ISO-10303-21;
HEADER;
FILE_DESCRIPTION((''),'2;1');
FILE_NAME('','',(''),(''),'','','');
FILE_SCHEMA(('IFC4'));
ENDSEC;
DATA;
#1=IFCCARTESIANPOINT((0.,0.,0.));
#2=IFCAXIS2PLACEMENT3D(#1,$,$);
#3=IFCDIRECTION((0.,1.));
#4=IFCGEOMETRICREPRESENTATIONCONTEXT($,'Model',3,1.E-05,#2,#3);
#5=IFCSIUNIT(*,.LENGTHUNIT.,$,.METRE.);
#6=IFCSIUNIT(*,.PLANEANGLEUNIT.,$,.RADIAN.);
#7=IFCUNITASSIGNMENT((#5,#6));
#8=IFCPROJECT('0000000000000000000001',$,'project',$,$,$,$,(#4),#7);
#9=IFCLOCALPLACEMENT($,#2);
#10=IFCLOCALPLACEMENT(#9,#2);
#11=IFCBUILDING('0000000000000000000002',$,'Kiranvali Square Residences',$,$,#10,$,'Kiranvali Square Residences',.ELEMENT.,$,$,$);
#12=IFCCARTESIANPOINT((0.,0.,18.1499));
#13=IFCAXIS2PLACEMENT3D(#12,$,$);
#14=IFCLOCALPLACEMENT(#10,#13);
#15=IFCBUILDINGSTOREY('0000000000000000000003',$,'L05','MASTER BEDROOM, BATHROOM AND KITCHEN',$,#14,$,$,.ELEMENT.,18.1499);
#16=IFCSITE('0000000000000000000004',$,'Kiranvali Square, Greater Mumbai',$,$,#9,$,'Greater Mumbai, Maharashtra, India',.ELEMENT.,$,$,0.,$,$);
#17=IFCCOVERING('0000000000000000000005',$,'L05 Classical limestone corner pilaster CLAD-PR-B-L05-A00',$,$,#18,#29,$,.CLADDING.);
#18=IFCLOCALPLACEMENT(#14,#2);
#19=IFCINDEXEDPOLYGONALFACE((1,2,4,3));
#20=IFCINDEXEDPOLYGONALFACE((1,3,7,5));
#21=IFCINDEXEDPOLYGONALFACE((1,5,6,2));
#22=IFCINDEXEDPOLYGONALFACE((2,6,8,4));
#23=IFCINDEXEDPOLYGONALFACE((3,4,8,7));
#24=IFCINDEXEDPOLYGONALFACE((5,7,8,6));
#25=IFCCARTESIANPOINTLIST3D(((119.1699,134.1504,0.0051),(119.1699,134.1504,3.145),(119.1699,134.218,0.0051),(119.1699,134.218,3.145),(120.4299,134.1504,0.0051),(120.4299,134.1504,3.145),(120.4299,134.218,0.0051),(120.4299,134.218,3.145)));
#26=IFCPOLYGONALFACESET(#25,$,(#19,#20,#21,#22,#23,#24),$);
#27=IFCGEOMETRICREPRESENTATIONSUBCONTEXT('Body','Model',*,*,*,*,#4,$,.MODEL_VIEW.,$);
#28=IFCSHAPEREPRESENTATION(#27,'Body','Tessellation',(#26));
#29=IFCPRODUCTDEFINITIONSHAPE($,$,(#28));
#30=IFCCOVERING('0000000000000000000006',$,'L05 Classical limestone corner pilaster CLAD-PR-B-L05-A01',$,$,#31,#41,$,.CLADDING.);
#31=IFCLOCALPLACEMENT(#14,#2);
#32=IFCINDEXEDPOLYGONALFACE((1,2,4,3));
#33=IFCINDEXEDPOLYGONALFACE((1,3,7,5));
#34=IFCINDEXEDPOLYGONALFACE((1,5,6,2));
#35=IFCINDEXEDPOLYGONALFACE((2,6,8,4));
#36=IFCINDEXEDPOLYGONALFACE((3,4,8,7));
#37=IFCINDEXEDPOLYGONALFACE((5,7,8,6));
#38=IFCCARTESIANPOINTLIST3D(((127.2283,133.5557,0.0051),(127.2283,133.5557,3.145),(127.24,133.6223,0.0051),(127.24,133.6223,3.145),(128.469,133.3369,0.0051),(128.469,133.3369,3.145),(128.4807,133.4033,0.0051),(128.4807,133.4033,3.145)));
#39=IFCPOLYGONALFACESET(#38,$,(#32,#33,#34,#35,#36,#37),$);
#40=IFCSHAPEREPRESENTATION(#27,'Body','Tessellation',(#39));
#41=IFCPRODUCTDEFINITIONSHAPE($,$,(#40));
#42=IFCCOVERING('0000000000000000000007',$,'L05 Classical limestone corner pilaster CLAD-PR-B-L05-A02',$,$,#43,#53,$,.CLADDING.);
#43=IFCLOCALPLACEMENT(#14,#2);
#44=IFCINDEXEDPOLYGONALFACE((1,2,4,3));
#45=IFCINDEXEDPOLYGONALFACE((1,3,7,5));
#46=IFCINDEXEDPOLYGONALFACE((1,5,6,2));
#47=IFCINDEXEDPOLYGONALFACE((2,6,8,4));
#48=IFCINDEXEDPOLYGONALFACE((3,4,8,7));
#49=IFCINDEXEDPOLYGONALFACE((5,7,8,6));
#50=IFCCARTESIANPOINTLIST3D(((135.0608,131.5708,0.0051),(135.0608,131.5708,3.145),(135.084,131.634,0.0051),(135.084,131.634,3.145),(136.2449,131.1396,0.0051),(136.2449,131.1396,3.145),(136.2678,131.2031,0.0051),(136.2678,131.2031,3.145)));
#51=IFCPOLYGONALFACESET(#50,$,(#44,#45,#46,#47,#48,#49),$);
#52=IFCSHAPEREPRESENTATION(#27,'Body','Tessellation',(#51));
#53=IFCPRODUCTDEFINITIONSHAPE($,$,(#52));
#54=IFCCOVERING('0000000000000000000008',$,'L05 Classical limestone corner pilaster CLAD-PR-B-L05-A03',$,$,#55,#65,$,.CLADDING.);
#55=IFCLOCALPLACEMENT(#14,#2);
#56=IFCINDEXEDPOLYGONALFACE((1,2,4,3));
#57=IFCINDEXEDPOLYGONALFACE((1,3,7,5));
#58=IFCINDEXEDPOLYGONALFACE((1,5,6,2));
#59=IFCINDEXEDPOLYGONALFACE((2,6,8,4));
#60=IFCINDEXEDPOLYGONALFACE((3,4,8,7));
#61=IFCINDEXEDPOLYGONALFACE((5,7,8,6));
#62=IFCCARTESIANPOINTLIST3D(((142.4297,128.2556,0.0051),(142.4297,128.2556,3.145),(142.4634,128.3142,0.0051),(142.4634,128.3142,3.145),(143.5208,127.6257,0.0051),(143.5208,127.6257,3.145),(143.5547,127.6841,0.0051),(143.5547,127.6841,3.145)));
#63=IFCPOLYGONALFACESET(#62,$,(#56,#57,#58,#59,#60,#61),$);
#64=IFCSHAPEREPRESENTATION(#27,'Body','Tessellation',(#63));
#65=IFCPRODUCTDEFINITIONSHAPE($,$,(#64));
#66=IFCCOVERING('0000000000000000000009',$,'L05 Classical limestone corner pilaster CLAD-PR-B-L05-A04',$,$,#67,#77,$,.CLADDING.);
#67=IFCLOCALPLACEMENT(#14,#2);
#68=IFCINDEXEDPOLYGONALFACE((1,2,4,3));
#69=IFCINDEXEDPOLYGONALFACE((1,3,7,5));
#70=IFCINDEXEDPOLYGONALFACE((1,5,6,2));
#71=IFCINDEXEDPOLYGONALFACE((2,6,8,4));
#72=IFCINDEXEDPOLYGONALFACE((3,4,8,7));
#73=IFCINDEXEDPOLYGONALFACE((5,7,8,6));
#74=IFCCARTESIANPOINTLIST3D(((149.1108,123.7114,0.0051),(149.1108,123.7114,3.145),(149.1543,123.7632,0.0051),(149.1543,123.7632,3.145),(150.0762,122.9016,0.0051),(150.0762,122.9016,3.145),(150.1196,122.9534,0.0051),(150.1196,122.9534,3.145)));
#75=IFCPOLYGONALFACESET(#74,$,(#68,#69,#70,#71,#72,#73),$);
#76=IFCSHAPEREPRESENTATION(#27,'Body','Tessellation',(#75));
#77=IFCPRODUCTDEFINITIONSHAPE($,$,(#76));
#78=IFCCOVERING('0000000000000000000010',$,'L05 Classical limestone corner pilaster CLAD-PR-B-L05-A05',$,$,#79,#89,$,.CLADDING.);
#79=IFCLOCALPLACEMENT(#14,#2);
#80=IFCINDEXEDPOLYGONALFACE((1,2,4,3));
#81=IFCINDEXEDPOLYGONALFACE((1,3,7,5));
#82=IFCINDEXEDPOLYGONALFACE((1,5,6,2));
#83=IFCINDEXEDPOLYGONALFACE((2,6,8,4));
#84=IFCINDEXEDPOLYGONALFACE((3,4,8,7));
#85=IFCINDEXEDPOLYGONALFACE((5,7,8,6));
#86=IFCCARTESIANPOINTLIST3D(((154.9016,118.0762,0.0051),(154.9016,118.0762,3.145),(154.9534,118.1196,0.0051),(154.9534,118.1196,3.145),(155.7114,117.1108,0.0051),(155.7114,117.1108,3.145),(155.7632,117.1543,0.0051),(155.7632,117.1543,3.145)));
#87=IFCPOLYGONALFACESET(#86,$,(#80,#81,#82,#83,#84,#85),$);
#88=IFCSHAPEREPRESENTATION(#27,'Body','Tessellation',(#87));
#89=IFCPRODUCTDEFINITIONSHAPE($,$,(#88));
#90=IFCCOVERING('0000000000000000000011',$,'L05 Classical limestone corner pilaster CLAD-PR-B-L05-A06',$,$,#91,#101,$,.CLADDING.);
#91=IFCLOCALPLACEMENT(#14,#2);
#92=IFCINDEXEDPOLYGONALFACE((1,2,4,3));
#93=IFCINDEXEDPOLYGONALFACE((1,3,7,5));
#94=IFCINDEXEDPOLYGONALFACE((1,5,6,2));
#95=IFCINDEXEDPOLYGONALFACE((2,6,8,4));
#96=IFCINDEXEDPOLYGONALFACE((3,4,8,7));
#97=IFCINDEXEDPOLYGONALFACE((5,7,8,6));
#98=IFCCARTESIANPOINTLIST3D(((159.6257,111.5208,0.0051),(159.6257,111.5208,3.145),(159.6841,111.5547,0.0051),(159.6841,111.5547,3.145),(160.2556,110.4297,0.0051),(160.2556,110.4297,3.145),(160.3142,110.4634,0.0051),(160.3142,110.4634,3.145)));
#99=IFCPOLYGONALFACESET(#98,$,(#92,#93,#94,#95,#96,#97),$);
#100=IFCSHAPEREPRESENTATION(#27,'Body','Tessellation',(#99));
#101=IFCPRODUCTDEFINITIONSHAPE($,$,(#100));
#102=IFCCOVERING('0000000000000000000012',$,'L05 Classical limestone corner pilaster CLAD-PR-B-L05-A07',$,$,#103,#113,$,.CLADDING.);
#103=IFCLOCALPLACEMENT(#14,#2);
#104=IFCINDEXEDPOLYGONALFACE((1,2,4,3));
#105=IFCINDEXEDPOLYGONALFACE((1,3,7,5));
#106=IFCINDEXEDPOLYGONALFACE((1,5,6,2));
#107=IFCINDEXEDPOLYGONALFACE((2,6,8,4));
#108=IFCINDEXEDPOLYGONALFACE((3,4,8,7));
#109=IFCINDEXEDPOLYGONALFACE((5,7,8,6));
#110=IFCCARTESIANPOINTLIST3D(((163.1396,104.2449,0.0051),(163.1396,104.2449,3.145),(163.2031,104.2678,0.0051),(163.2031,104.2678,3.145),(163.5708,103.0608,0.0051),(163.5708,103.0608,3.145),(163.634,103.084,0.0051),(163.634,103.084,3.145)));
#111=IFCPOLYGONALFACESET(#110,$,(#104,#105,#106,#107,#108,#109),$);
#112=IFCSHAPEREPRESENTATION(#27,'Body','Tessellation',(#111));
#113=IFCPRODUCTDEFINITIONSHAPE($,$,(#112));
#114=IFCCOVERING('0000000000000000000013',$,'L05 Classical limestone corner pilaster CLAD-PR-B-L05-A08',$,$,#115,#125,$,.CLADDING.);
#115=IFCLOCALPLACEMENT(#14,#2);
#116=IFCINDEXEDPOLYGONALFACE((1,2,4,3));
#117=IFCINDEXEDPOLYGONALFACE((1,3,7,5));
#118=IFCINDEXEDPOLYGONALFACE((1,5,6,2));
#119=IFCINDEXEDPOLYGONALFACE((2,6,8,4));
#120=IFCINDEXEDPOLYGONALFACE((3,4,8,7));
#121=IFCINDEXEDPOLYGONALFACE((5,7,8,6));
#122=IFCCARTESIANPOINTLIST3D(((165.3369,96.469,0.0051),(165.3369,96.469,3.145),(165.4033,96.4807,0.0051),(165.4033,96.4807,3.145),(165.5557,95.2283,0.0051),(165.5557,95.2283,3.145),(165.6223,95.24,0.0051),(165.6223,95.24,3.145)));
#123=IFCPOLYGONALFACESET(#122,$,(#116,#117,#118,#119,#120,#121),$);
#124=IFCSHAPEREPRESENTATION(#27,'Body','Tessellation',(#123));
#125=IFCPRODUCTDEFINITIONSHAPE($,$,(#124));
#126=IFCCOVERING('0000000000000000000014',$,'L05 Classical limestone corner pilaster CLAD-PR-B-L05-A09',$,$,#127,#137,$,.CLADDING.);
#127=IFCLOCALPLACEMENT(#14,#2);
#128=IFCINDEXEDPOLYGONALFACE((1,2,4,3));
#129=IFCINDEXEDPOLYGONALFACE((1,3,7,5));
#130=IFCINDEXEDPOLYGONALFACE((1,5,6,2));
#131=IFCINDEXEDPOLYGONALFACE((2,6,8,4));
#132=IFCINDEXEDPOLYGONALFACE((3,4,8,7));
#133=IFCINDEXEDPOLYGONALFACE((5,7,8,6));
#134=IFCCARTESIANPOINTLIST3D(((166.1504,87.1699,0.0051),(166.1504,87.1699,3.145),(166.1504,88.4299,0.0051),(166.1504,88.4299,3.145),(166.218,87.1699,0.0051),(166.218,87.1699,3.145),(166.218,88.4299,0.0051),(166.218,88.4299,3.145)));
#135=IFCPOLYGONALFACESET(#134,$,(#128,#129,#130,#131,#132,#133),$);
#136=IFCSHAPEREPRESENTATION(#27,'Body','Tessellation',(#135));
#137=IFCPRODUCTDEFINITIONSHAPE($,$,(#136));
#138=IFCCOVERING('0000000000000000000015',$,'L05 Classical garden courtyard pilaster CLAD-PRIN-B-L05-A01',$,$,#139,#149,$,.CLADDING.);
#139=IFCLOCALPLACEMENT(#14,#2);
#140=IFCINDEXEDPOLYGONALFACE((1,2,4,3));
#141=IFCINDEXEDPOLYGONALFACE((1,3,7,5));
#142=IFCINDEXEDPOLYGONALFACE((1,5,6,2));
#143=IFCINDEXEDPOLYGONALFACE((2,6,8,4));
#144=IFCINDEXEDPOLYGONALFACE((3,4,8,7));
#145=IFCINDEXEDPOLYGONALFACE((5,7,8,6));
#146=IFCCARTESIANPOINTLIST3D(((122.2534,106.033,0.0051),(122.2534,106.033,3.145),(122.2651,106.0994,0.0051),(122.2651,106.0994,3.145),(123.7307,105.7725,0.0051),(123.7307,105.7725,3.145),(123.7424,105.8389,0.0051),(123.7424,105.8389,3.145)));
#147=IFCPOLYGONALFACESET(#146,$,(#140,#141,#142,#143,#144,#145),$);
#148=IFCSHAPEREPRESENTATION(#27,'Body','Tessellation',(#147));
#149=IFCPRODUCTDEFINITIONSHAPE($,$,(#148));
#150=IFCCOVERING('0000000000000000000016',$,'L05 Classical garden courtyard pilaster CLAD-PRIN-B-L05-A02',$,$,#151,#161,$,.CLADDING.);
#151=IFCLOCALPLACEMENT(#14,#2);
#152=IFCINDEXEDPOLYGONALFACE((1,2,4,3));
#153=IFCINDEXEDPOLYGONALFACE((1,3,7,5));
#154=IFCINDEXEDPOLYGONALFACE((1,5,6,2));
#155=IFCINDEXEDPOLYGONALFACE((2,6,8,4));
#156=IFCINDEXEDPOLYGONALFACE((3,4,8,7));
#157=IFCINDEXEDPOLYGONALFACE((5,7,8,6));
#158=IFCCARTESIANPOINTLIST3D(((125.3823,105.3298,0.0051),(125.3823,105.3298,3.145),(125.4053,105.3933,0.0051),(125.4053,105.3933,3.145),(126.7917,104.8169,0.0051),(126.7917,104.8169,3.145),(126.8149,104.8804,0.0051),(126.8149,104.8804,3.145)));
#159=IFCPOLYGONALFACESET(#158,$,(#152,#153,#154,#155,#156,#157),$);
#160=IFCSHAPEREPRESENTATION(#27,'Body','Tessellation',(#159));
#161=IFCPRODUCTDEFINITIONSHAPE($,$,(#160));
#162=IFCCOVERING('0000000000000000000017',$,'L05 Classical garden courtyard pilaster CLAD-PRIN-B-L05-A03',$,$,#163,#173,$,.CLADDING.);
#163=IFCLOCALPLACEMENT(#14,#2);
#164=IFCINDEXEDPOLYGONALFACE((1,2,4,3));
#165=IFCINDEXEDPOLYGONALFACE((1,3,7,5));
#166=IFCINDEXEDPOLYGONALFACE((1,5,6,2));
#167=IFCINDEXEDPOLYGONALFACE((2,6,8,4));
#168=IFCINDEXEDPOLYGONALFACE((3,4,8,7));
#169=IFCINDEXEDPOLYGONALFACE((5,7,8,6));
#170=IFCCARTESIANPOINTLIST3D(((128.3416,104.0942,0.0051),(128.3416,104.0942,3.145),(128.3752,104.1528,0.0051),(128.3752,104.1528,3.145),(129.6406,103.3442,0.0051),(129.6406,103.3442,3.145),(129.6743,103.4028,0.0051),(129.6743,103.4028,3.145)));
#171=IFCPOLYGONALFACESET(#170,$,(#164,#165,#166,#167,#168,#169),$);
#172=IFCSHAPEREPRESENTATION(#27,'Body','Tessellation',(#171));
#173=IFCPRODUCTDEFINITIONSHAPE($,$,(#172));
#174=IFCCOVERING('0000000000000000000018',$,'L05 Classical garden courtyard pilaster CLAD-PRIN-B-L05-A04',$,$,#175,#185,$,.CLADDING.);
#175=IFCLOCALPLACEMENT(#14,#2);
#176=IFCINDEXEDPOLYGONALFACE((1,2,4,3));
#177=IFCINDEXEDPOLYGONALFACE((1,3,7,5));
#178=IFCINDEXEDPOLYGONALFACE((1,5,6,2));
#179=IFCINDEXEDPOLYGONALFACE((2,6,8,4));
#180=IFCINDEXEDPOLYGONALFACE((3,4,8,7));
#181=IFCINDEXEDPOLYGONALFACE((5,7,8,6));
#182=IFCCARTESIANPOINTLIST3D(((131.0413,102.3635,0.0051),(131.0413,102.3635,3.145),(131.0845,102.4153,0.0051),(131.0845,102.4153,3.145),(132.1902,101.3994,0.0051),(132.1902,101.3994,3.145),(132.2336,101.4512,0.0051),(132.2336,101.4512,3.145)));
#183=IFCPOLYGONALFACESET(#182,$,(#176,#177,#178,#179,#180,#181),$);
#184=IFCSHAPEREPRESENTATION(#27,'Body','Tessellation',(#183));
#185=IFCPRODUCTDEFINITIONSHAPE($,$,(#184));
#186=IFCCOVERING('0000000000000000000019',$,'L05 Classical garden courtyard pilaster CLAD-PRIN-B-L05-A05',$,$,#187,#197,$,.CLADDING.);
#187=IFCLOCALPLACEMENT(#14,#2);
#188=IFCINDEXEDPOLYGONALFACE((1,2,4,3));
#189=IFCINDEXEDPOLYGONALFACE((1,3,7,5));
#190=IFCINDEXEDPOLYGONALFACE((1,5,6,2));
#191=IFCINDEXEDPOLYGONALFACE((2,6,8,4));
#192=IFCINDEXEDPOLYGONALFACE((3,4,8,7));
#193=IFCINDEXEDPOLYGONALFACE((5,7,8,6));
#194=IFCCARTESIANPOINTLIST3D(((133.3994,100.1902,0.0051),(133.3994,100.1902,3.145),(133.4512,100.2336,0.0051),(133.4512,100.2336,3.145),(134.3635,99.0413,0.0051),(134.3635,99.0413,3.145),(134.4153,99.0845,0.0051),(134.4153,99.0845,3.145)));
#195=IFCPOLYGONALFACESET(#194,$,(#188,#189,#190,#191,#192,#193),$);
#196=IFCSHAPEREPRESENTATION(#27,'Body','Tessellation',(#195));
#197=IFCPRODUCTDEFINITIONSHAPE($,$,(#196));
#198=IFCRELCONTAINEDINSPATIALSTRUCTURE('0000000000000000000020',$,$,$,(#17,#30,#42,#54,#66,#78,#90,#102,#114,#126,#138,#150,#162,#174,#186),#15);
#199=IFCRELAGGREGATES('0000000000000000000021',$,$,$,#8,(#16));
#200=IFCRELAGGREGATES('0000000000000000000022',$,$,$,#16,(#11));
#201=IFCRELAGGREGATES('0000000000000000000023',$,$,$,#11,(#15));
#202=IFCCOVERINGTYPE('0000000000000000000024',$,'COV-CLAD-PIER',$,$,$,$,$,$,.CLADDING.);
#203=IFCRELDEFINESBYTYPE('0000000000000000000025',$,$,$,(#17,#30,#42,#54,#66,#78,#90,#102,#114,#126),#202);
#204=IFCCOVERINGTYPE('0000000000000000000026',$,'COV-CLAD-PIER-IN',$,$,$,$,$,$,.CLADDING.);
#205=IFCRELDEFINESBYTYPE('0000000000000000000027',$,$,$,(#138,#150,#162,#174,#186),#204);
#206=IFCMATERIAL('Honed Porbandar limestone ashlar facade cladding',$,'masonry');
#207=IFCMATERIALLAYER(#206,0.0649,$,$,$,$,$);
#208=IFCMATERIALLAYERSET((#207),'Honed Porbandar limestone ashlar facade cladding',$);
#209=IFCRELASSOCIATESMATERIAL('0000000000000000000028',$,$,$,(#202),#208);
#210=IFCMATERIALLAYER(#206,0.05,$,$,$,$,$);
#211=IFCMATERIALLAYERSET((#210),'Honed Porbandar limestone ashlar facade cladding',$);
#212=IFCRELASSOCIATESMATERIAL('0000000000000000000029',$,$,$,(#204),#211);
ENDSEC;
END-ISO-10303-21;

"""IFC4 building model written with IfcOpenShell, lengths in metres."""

from ifc_helpers import new_model, si_unit, direction, frame, origin, place, context, subcontext, project, spatial, polyline, outline, extrude, material, layer, layer_set, type_object, element, save


model = new_model("IFC4")

# Units and contexts
model_context = context("Model", 3, precision=1e-05, world=origin(), true_north=direction((0.0, 1.0)))
body_context = subcontext(model_context, "Body", "Model", "MODEL_VIEW")
ifc_project = project(units=[si_unit("LENGTHUNIT", "METRE"), si_unit("PLANEANGLEUNIT", "RADIAN")], contexts=[model_context])

# Site, building, storey
site_placement = place(None, origin())
site = spatial("IfcSite", under=ifc_project, at=site_placement, Name="Kiranvali Square, Greater Mumbai", LongName="Greater Mumbai, Maharashtra, India", CompositionType="ELEMENT", RefElevation=0.0)
building_placement = place(site_placement, origin())
building = spatial("IfcBuilding", under=site, at=building_placement, Name="Kiranvali Square Residences", LongName="Kiranvali Square Residences", CompositionType="ELEMENT")
storey_placement = place(building_placement, frame((0.0, 0.0, 18.1499)))
storey = spatial("IfcBuildingStorey", under=building, at=storey_placement, Name="L05", Description="MASTER BEDROOM, BATHROOM AND KITCHEN", CompositionType="ELEMENT", Elevation=18.1499)

# Coverings
ifc_material = material(Name="Honed Porbandar limestone ashlar facade cladding", Category="masonry")
ifc_layer_1 = layer(ifc_material, 0.0649)
ifc_layer_set_1 = layer_set([ifc_layer_1], Name="Honed Porbandar limestone ashlar facade cladding")
covering_type_1 = type_object("IfcCoveringType", Name="COV-CLAD-PIER", PredefinedType="CLADDING", material=ifc_layer_set_1)
covering_1_placement = place(storey_placement, frame((0.0, 0.0, 0.0051)))
element("IfcCovering", 1, at=covering_1_placement, inside=storey, type_object=covering_type_1, Name="L05 Classical limestone corner pilaster CLAD-PR-B-L05-A00", PredefinedType="CLADDING", context=body_context, shape_type="SweptSolid", body=[
    extrude(outline(polyline([(120.4299, 134.218), (119.1699, 134.218), (119.1699, 134.1504), (120.4299, 134.1504), (120.4299, 134.218)])), origin(), (0.0, 0.0, 1.0), 3.1399),
])
covering_2_placement = place(storey_placement, frame((0.0, 0.0, 0.0051)))
element("IfcCovering", 2, at=covering_2_placement, inside=storey, type_object=covering_type_1, Name="L05 Classical limestone corner pilaster CLAD-PR-B-L05-A01", PredefinedType="CLADDING", context=body_context, shape_type="SweptSolid", body=[
    extrude(outline(polyline([(128.4807, 133.4033), (127.24, 133.6223), (127.2283, 133.5557), (128.469, 133.3369), (128.4807, 133.4033)])), origin(), (0.0, 0.0, 1.0), 3.1399),
])
covering_3_placement = place(storey_placement, frame((0.0, 0.0, 0.0051)))
element("IfcCovering", 3, at=covering_3_placement, inside=storey, type_object=covering_type_1, Name="L05 Classical limestone corner pilaster CLAD-PR-B-L05-A02", PredefinedType="CLADDING", context=body_context, shape_type="SweptSolid", body=[
    extrude(outline(polyline([(136.2678, 131.2031), (135.084, 131.634), (135.0608, 131.5708), (136.2449, 131.1396), (136.2678, 131.2031)])), origin(), (0.0, 0.0, 1.0), 3.1399),
])
covering_4_placement = place(storey_placement, frame((0.0, 0.0, 0.0051)))
element("IfcCovering", 4, at=covering_4_placement, inside=storey, type_object=covering_type_1, Name="L05 Classical limestone corner pilaster CLAD-PR-B-L05-A03", PredefinedType="CLADDING", context=body_context, shape_type="SweptSolid", body=[
    extrude(outline(polyline([(143.5547, 127.6841), (142.4634, 128.3142), (142.4297, 128.2556), (143.5208, 127.6257), (143.5547, 127.6841)])), origin(), (0.0, 0.0, 1.0), 3.1399),
])
covering_5_placement = place(storey_placement, frame((0.0, 0.0, 0.0051)))
element("IfcCovering", 5, at=covering_5_placement, inside=storey, type_object=covering_type_1, Name="L05 Classical limestone corner pilaster CLAD-PR-B-L05-A04", PredefinedType="CLADDING", context=body_context, shape_type="SweptSolid", body=[
    extrude(outline(polyline([(150.1196, 122.9534), (149.1543, 123.7632), (149.1108, 123.7114), (150.0762, 122.9016), (150.1196, 122.9534)])), origin(), (0.0, 0.0, 1.0), 3.1399),
])
covering_6_placement = place(storey_placement, frame((0.0, 0.0, 0.0051)))
element("IfcCovering", 6, at=covering_6_placement, inside=storey, type_object=covering_type_1, Name="L05 Classical limestone corner pilaster CLAD-PR-B-L05-A05", PredefinedType="CLADDING", context=body_context, shape_type="SweptSolid", body=[
    extrude(outline(polyline([(155.7632, 117.1543), (154.9534, 118.1196), (154.9016, 118.0762), (155.7114, 117.1108), (155.7632, 117.1543)])), origin(), (0.0, 0.0, 1.0), 3.1399),
])
covering_7_placement = place(storey_placement, frame((0.0, 0.0, 0.0051)))
element("IfcCovering", 7, at=covering_7_placement, inside=storey, type_object=covering_type_1, Name="L05 Classical limestone corner pilaster CLAD-PR-B-L05-A06", PredefinedType="CLADDING", context=body_context, shape_type="SweptSolid", body=[
    extrude(outline(polyline([(160.3142, 110.4634), (159.6841, 111.5547), (159.6257, 111.5208), (160.2556, 110.4297), (160.3142, 110.4634)])), origin(), (0.0, 0.0, 1.0), 3.1399),
])
covering_8_placement = place(storey_placement, frame((0.0, 0.0, 0.0051)))
element("IfcCovering", 8, at=covering_8_placement, inside=storey, type_object=covering_type_1, Name="L05 Classical limestone corner pilaster CLAD-PR-B-L05-A07", PredefinedType="CLADDING", context=body_context, shape_type="SweptSolid", body=[
    extrude(outline(polyline([(163.634, 103.084), (163.2031, 104.2678), (163.1396, 104.2449), (163.5708, 103.0608), (163.634, 103.084)])), origin(), (0.0, 0.0, 1.0), 3.1399),
])
covering_9_placement = place(storey_placement, frame((0.0, 0.0, 0.0051)))
element("IfcCovering", 9, at=covering_9_placement, inside=storey, type_object=covering_type_1, Name="L05 Classical limestone corner pilaster CLAD-PR-B-L05-A08", PredefinedType="CLADDING", context=body_context, shape_type="SweptSolid", body=[
    extrude(outline(polyline([(165.6223, 95.24), (165.4033, 96.4807), (165.3369, 96.469), (165.5557, 95.2283), (165.6223, 95.24)])), origin(), (0.0, 0.0, 1.0), 3.1399),
])
covering_10_placement = place(storey_placement, frame((0.0, 0.0, 0.0051)))
element("IfcCovering", 10, at=covering_10_placement, inside=storey, type_object=covering_type_1, Name="L05 Classical limestone corner pilaster CLAD-PR-B-L05-A09", PredefinedType="CLADDING", context=body_context, shape_type="SweptSolid", body=[
    extrude(outline(polyline([(166.218, 87.1699), (166.218, 88.4299), (166.1504, 88.4299), (166.1504, 87.1699), (166.218, 87.1699)])), origin(), (0.0, 0.0, 1.0), 3.1399),
])
ifc_layer_2 = layer(ifc_material, 0.05)
ifc_layer_set_2 = layer_set([ifc_layer_2], Name="Honed Porbandar limestone ashlar facade cladding")
covering_type_2 = type_object("IfcCoveringType", Name="COV-CLAD-PIER-IN", PredefinedType="CLADDING", material=ifc_layer_set_2)
covering_11_placement = place(storey_placement, frame((0.0, 0.0, 0.0051)))
element("IfcCovering", 11, at=covering_11_placement, inside=storey, type_object=covering_type_2, Name="L05 Classical garden courtyard pilaster CLAD-PRIN-B-L05-A01", PredefinedType="CLADDING", context=body_context, shape_type="SweptSolid", body=[
    extrude(outline(polyline([(122.2534, 106.033), (123.7307, 105.7725), (123.7424, 105.8389), (122.2651, 106.0994), (122.2534, 106.033)])), origin(), (0.0, 0.0, 1.0), 3.1399),
])
covering_12_placement = place(storey_placement, frame((0.0, 0.0, 0.0051)))
element("IfcCovering", 12, at=covering_12_placement, inside=storey, type_object=covering_type_2, Name="L05 Classical garden courtyard pilaster CLAD-PRIN-B-L05-A02", PredefinedType="CLADDING", context=body_context, shape_type="SweptSolid", body=[
    extrude(outline(polyline([(125.3823, 105.3298), (126.7917, 104.8169), (126.8149, 104.8804), (125.4053, 105.3933), (125.3823, 105.3298)])), origin(), (0.0, 0.0, 1.0), 3.1399),
])
covering_13_placement = place(storey_placement, frame((0.0, 0.0, 0.0051)))
element("IfcCovering", 13, at=covering_13_placement, inside=storey, type_object=covering_type_2, Name="L05 Classical garden courtyard pilaster CLAD-PRIN-B-L05-A03", PredefinedType="CLADDING", context=body_context, shape_type="SweptSolid", body=[
    extrude(outline(polyline([(128.3416, 104.0942), (129.6406, 103.3442), (129.6743, 103.4028), (128.3752, 104.1528), (128.3416, 104.0942)])), origin(), (0.0, 0.0, 1.0), 3.1399),
])
covering_14_placement = place(storey_placement, frame((0.0, 0.0, 0.0051)))
element("IfcCovering", 14, at=covering_14_placement, inside=storey, type_object=covering_type_2, Name="L05 Classical garden courtyard pilaster CLAD-PRIN-B-L05-A04", PredefinedType="CLADDING", context=body_context, shape_type="SweptSolid", body=[
    extrude(outline(polyline([(131.0413, 102.3635), (132.1902, 101.3994), (132.2336, 101.4512), (131.0845, 102.4153), (131.0413, 102.3635)])), origin(), (0.0, 0.0, 1.0), 3.1399),
])
covering_15_placement = place(storey_placement, frame((0.0, 0.0, 0.0051)))
element("IfcCovering", 15, at=covering_15_placement, inside=storey, type_object=covering_type_2, Name="L05 Classical garden courtyard pilaster CLAD-PRIN-B-L05-A05", PredefinedType="CLADDING", context=body_context, shape_type="SweptSolid", body=[
    extrude(outline(polyline([(133.3994, 100.1902), (134.3635, 99.0413), (134.4153, 99.0845), (133.4512, 100.2336), (133.3994, 100.1902)])), origin(), (0.0, 0.0, 1.0), 3.1399),
])

save(model, "model.ifc")
